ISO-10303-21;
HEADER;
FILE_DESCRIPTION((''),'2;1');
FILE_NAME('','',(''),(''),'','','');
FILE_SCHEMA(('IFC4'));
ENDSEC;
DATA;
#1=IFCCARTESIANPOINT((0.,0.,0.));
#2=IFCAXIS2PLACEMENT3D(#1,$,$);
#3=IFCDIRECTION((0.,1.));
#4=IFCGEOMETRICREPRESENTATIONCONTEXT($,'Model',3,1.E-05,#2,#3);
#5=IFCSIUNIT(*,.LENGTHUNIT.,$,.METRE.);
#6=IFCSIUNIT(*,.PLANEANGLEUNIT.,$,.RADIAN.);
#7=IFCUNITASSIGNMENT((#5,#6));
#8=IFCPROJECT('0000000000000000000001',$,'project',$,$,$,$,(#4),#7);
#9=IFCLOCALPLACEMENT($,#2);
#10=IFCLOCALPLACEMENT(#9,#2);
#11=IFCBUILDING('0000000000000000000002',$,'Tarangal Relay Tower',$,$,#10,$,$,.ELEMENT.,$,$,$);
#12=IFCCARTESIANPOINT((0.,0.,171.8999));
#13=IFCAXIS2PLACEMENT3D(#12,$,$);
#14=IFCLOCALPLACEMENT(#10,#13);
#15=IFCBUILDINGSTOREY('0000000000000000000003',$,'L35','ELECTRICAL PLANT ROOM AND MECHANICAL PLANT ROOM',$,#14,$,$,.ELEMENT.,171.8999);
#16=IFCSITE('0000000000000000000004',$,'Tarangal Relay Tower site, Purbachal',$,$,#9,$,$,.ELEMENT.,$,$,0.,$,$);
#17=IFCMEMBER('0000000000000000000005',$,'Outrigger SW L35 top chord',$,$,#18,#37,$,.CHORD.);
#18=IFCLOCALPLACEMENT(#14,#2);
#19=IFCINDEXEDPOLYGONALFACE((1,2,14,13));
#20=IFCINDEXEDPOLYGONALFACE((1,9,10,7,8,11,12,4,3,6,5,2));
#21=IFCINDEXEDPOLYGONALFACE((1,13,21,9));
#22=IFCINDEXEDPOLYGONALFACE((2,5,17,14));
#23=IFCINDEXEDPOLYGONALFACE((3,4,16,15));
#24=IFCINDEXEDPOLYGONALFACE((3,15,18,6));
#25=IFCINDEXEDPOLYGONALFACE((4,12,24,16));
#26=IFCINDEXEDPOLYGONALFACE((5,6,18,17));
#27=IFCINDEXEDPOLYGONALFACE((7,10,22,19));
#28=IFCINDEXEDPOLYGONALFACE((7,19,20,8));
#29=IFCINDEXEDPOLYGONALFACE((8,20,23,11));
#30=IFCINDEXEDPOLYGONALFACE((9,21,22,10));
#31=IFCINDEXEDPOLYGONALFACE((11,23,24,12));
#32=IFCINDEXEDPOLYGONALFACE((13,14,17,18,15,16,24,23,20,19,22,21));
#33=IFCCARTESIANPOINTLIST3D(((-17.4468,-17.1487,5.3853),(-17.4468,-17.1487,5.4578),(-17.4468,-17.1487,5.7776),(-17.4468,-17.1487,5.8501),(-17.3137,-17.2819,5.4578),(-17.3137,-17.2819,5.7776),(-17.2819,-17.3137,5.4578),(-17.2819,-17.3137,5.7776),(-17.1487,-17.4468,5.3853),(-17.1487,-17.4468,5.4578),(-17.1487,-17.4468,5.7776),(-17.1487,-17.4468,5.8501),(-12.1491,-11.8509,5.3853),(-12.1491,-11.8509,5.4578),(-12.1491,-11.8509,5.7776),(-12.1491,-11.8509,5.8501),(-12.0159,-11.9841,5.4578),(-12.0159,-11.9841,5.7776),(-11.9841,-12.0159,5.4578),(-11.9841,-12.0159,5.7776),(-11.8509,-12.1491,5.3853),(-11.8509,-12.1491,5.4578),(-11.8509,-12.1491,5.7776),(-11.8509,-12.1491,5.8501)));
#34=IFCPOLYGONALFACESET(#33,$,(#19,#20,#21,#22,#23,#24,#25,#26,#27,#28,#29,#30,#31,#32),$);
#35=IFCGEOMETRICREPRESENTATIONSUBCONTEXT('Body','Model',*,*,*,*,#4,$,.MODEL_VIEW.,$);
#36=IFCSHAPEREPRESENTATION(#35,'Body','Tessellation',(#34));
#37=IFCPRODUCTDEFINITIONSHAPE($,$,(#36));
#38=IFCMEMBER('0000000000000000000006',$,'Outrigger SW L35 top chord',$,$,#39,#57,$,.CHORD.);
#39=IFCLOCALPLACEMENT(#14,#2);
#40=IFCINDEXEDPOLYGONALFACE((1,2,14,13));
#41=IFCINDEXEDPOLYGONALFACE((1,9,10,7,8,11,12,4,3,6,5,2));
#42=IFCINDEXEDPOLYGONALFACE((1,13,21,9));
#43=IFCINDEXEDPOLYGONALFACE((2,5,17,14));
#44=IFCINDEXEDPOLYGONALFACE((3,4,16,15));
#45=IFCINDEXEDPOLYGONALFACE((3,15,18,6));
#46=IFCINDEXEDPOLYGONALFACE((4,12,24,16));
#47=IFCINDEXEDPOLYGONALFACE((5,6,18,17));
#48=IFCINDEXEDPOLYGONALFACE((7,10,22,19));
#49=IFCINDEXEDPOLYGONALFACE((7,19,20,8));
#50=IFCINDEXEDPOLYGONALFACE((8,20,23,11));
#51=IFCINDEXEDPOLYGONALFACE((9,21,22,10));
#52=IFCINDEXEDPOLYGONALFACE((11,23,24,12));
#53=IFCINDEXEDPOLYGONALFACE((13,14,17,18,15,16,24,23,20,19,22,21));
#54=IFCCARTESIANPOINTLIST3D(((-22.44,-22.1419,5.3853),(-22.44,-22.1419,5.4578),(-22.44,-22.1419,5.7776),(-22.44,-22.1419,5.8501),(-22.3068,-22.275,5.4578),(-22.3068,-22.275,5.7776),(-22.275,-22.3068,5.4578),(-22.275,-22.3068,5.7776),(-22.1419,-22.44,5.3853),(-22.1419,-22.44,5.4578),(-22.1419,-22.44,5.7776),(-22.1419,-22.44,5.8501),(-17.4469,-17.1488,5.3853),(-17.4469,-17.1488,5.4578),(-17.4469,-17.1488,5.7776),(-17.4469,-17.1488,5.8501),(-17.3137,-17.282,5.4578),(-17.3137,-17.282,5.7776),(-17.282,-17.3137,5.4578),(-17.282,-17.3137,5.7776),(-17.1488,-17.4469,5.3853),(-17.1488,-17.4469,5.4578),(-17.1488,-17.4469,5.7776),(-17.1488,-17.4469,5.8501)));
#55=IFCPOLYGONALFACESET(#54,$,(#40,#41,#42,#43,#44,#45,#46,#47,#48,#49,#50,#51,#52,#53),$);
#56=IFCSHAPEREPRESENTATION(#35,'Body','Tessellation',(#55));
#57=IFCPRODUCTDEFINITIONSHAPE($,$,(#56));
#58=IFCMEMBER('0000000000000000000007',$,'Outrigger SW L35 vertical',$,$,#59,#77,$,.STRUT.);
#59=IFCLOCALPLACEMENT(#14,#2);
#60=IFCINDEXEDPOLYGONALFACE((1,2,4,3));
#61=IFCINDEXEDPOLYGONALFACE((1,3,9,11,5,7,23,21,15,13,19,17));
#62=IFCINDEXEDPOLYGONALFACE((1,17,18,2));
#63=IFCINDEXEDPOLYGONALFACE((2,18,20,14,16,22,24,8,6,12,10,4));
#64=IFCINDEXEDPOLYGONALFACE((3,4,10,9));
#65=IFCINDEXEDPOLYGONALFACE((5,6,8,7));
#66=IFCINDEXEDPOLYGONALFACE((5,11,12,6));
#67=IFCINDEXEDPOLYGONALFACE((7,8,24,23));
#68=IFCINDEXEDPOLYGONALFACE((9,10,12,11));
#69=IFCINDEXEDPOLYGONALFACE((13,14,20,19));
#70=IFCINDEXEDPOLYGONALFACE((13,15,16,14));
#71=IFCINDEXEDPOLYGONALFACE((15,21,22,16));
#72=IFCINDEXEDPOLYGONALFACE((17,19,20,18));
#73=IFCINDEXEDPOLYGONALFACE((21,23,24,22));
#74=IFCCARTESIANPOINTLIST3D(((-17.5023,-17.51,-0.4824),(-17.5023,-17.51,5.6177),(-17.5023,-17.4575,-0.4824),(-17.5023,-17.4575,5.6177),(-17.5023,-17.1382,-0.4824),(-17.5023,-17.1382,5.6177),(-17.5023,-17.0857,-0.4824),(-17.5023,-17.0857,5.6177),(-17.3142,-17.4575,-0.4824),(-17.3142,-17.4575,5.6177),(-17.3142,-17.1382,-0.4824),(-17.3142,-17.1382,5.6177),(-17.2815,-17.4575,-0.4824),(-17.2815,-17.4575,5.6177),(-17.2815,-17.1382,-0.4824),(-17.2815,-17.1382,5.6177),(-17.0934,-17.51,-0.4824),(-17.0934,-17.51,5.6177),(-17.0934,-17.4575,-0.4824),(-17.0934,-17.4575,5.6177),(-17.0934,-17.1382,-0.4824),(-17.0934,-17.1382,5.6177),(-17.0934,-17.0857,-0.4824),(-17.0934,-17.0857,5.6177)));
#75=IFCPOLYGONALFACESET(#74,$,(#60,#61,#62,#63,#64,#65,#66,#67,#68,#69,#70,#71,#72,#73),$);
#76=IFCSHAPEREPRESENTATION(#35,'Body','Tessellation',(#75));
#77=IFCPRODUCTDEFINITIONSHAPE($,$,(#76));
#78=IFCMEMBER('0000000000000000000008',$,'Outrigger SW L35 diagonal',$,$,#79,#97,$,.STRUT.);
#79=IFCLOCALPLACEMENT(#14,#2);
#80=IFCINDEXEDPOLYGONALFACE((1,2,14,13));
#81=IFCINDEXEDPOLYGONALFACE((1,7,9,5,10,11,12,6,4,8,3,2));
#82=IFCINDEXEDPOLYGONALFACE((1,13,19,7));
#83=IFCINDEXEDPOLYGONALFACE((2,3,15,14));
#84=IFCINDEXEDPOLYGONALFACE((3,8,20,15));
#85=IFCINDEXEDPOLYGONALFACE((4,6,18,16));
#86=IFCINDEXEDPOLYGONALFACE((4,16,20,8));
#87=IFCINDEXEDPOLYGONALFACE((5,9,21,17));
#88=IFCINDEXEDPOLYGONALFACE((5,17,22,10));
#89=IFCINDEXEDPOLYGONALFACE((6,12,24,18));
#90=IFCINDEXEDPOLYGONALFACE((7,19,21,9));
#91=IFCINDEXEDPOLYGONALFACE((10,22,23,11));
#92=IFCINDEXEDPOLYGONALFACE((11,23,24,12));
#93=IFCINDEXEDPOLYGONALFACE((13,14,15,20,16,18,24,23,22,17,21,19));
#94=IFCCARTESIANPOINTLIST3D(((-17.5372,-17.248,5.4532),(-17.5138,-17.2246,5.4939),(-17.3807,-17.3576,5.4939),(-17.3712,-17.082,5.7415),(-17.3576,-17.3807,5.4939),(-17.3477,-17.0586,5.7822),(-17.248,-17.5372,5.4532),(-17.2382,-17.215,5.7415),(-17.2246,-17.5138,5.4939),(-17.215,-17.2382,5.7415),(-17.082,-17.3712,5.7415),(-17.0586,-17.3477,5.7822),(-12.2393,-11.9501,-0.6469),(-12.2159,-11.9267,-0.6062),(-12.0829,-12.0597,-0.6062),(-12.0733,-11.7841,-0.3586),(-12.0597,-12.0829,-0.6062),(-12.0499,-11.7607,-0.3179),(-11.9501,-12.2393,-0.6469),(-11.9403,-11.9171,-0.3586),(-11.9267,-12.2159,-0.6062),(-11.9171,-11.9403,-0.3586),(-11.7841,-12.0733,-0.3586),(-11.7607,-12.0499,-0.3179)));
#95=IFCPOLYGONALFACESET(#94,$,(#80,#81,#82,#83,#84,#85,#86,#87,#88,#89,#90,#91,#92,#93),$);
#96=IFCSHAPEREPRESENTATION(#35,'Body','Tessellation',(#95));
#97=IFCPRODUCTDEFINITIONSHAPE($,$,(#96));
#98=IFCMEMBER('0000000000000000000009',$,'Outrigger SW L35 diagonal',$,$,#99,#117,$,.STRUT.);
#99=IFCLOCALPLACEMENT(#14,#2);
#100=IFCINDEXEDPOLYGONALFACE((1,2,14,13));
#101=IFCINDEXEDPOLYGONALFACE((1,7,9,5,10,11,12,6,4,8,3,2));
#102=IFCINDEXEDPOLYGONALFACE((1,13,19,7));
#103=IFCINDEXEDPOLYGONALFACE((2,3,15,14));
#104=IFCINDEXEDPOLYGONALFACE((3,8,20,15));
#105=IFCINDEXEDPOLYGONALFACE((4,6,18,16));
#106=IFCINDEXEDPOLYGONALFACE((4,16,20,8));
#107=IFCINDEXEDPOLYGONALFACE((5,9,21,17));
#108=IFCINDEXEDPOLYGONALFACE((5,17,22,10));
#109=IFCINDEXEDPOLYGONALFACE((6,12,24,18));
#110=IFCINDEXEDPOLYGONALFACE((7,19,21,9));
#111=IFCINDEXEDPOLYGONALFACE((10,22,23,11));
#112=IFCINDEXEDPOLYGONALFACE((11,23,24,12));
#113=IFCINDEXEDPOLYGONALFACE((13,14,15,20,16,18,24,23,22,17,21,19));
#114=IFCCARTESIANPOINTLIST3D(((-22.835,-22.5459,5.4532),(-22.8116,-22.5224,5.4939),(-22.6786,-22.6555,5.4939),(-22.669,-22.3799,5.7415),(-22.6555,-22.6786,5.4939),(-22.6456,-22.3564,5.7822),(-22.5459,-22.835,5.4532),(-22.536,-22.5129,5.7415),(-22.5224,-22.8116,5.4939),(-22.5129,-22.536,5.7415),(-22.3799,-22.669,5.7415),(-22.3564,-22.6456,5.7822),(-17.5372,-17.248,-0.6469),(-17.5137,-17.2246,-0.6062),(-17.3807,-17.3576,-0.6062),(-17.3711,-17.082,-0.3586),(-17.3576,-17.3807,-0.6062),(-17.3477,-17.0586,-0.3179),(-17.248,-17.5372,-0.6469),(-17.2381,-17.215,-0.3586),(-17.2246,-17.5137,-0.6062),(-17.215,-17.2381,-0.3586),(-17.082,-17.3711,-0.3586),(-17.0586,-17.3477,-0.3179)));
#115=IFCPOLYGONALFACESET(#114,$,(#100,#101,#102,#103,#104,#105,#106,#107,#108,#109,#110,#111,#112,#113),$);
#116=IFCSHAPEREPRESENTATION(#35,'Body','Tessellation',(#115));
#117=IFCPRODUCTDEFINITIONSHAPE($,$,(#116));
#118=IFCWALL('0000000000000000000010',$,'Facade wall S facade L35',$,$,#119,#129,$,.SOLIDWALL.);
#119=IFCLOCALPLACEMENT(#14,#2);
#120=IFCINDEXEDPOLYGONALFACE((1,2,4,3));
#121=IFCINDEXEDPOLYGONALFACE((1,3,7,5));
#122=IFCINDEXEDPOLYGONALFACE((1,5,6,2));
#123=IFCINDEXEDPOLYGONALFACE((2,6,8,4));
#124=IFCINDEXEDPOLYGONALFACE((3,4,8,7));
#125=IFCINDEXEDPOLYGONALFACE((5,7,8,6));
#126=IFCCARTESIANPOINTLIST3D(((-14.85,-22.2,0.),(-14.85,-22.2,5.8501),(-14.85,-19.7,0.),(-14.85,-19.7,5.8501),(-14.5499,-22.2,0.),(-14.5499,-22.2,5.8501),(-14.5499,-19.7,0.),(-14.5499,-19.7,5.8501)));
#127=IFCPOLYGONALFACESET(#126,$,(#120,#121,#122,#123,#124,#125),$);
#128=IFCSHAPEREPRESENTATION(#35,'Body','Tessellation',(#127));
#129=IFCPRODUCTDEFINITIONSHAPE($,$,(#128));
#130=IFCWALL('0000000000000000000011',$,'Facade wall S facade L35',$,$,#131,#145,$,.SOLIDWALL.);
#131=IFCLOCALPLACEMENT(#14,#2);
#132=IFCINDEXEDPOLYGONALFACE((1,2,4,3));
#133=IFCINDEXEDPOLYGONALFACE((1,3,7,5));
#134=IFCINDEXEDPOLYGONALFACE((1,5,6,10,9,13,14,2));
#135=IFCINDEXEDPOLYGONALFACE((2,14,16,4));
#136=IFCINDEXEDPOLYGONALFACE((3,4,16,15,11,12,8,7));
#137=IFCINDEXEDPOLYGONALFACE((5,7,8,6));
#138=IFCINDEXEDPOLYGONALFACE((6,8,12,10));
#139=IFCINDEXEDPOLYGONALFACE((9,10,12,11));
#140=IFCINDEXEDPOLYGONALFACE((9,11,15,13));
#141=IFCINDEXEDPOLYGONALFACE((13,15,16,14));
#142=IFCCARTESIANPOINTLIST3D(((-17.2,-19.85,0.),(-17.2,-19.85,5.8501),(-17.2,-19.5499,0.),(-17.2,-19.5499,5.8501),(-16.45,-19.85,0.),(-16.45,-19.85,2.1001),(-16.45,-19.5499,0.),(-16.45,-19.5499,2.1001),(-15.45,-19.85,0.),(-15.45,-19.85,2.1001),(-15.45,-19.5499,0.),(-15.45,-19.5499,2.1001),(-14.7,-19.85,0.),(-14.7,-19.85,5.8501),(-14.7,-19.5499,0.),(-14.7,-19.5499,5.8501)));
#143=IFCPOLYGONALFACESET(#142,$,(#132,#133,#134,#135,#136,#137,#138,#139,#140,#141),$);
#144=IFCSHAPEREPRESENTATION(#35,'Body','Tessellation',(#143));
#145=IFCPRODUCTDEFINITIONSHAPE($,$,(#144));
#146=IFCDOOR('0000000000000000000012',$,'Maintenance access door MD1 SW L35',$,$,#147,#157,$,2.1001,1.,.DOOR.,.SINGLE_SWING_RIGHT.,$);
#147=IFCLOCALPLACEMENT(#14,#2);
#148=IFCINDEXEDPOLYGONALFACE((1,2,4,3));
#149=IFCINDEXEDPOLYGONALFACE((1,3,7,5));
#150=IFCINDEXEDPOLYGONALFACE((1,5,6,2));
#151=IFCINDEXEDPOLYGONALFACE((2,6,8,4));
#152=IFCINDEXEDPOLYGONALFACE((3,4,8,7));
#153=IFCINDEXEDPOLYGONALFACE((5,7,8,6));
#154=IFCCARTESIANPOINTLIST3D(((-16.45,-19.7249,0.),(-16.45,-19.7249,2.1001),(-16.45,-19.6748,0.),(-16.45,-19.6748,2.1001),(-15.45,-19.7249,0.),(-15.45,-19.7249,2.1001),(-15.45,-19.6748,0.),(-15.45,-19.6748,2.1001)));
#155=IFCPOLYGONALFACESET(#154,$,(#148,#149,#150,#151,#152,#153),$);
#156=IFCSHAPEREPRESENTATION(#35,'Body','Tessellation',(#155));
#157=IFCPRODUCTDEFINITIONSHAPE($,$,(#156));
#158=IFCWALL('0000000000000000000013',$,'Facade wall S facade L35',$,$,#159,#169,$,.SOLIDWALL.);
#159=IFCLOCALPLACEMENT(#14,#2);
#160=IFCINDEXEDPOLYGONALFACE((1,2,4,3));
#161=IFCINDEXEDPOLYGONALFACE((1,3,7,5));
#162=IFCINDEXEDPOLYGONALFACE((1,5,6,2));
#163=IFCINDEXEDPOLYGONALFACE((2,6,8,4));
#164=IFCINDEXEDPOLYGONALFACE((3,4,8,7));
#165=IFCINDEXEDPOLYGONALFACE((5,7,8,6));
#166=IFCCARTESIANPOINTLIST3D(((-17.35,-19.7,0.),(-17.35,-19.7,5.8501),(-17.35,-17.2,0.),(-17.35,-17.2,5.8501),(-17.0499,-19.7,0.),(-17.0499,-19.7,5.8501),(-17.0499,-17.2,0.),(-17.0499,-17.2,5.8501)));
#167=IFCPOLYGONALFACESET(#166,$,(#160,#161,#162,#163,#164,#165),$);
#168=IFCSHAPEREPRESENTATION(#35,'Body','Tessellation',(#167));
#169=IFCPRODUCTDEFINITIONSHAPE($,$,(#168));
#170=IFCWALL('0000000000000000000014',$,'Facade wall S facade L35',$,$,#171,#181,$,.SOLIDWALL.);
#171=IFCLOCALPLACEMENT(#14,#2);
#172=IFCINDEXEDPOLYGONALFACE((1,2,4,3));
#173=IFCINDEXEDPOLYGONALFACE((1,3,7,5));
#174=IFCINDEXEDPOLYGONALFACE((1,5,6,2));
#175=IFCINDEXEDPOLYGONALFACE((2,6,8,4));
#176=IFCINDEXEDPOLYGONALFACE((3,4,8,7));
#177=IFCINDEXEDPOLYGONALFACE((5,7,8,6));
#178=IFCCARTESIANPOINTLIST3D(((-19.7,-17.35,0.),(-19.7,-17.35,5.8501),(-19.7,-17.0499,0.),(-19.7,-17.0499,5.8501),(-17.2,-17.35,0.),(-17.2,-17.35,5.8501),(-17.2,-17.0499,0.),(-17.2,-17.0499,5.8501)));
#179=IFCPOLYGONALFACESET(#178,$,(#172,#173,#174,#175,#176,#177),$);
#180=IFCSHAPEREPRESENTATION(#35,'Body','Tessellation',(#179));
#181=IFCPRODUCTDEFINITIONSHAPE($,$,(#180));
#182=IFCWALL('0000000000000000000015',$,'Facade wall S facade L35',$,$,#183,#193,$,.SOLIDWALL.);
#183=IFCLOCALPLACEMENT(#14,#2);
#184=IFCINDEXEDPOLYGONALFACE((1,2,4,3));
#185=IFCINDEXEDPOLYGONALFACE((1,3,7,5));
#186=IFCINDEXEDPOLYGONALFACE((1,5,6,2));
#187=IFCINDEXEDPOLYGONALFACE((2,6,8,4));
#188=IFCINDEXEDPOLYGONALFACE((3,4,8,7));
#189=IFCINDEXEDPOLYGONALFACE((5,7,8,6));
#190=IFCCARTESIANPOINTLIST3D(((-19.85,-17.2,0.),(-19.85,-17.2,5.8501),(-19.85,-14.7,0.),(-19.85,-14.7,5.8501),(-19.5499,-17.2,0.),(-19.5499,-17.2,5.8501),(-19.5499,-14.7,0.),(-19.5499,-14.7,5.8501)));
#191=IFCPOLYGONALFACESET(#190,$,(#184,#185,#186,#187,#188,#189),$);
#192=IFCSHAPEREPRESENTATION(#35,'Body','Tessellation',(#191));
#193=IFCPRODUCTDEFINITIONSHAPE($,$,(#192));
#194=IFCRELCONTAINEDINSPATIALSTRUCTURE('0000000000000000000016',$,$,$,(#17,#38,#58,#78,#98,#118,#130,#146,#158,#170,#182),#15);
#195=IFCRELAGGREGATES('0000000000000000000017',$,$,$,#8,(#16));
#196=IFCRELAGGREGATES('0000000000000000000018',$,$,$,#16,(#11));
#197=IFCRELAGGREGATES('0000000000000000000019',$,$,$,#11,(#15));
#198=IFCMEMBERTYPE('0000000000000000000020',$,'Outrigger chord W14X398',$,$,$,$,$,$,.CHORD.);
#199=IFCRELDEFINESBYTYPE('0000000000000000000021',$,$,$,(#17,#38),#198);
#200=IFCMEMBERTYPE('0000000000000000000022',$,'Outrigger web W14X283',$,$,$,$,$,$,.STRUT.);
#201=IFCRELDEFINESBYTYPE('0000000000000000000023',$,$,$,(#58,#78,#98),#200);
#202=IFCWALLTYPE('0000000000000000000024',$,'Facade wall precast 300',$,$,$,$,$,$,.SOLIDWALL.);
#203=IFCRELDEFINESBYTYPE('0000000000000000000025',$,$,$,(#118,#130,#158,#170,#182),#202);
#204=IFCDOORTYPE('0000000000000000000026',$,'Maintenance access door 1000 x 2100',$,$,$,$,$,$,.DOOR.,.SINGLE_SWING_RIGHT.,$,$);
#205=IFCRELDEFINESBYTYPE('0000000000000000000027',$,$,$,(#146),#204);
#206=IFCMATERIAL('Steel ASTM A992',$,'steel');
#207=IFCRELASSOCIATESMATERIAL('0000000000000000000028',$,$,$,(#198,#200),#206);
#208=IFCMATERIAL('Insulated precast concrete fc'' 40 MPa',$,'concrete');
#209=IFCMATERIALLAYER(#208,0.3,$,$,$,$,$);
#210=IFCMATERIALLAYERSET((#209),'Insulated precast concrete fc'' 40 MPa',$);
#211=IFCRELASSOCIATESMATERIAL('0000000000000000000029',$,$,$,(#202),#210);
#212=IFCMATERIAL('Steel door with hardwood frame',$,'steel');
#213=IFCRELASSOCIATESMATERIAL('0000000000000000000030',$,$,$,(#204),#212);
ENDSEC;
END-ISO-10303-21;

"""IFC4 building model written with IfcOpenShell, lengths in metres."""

from ifc_helpers import new_model, si_unit, direction, frame, frame_2d, origin, origin_2d, place, context, subcontext, project, spatial, rectangle, i_section, extrude, clip, halfspace, material, layer, layer_set, material_profile, profile_set, type_object, element, fill, save


model = new_model("IFC4")

# Units and contexts
model_context = context("Model", 3, precision=1e-05, world=origin(), true_north=direction((0.0, 1.0)))
body_context = subcontext(model_context, "Body", "Model", "MODEL_VIEW")
ifc_project = project(units=[si_unit("LENGTHUNIT", "METRE"), si_unit("PLANEANGLEUNIT", "RADIAN")], contexts=[model_context])

# Site, building, storey
site_placement = place(None, origin())
site = spatial("IfcSite", under=ifc_project, at=site_placement, Name="Tarangal Relay Tower site, Purbachal", CompositionType="ELEMENT", RefElevation=0.0)
building_placement = place(site_placement, origin())
building = spatial("IfcBuilding", under=site, at=building_placement, Name="Tarangal Relay Tower", CompositionType="ELEMENT")
storey_placement = place(building_placement, frame((0.0, 0.0, 171.8999)))
storey = spatial("IfcBuildingStorey", under=building, at=storey_placement, Name="L35", Description="ELECTRICAL PLANT ROOM AND MECHANICAL PLANT ROOM", CompositionType="ELEMENT", Elevation=171.8999)

# Shared definitions
ifc_material_1 = material(Name="Steel ASTM A992", Category="steel")

# Members
ifc_material_profile_1 = material_profile(ifc_material_1, i_section(OverallWidth=0.4216, OverallDepth=0.4648, WebThickness=0.0449, FlangeThickness=0.0725, at=origin_2d()), Name="W14X398")
ifc_profile_set_1 = profile_set([ifc_material_profile_1], Name="Steel ASTM A992")
member_type_1 = type_object("IfcMemberType", Name="Outrigger chord W14X398", PredefinedType="CHORD", material=ifc_profile_set_1)
member_1_placement = place(storey_placement, frame((-12.0, -12.0, 5.6177), z_axis=(-0.707107, -0.707107, 0.0), x_axis=(0.707107, -0.707107, 0.0)))
element("IfcMember", 1, at=member_1_placement, inside=storey, type_object=member_type_1, Name="Outrigger SW L35 top chord", PredefinedType="CHORD", context=body_context, shape_type="SweptSolid", body=[
    extrude(i_section(OverallWidth=0.4216, OverallDepth=0.4648, WebThickness=0.0449, FlangeThickness=0.0725, at=origin_2d()), origin(), (0.0, 0.0, 1.0), 7.4922),
])
member_2_placement = place(storey_placement, frame((-17.2979, -17.2979, 5.6177), z_axis=(-0.707107, -0.707107, 0.0), x_axis=(0.707107, -0.707107, 0.0)))
element("IfcMember", 2, at=member_2_placement, inside=storey, type_object=member_type_1, Name="Outrigger SW L35 top chord", PredefinedType="CHORD", context=body_context, shape_type="Clipping", body=[
    clip(extrude(i_section(OverallWidth=0.4216, OverallDepth=0.4648, WebThickness=0.0449, FlangeThickness=0.0725, at=origin_2d()), origin(), (0.0, 0.0, 1.0), 7.4922), halfspace(frame((0.0, 0.0, 7.0613)), False)),
])
ifc_material_profile_2 = material_profile(ifc_material_1, i_section(OverallWidth=0.4089, OverallDepth=0.4243, WebThickness=0.0327, FlangeThickness=0.0525, at=origin_2d()), Name="W14X283")
ifc_profile_set_2 = profile_set([ifc_material_profile_2], Name="Steel ASTM A992")
member_type_2 = type_object("IfcMemberType", Name="Outrigger web W14X283", PredefinedType="STRUT", material=ifc_profile_set_2)
member_3_placement = place(storey_placement, frame((-17.2979, -17.2979, -0.4824), z_axis=(0.0, 0.0, 1.0), x_axis=(1.0, 0.0, 0.0)))
element("IfcMember", 3, at=member_3_placement, inside=storey, type_object=member_type_2, Name="Outrigger SW L35 vertical", PredefinedType="STRUT", context=body_context, shape_type="SweptSolid", body=[
    extrude(i_section(OverallWidth=0.4089, OverallDepth=0.4243, WebThickness=0.0327, FlangeThickness=0.0525, at=origin_2d()), origin(), (0.0, 0.0, 1.0), 6.1001),
])
for number, where, z_axis, x_axis, name in (
    (4, (-12.0, -12.0, -0.4824), (-0.548344, -0.548344, 0.631378), (0.707107, -0.707107, 0.0), "Outrigger SW L35 diagonal"),
    (5, (-17.2979, -17.2979, -0.4824), (-0.548344, -0.548344, 0.631378), (0.707107, -0.707107, 0.0), "Outrigger SW L35 diagonal"),
):
    element("IfcMember", number, at=place(storey_placement, frame(where, z_axis=z_axis, x_axis=x_axis)), inside=storey, type_object=member_type_2, Name=name, PredefinedType="STRUT", context=body_context, shape_type="SweptSolid", body=[
        extrude(i_section(OverallWidth=0.4089, OverallDepth=0.4243, WebThickness=0.0327, FlangeThickness=0.0525, at=origin_2d()), origin(), (0.0, 0.0, 1.0), 9.6616),
    ])

# Wall
ifc_material_2 = material(Name="Insulated precast concrete fc' 40 MPa", Category="concrete")
ifc_layer_1 = layer(ifc_material_2, 0.3)
ifc_layer_set_1 = layer_set([ifc_layer_1], Name="Insulated precast concrete fc' 40 MPa")
wall_type_1 = type_object("IfcWallType", Name="Facade wall precast 300", PredefinedType="SOLIDWALL", material=ifc_layer_set_1)
wall_1_placement = place(storey_placement, frame((-14.7, -22.2, 0.0), z_axis=(0.0, 0.0, 1.0), x_axis=(0.0, 1.0, 0.0)))
element("IfcWall", 6, at=wall_1_placement, inside=storey, type_object=wall_type_1, Name="Facade wall S facade L35", PredefinedType="SOLIDWALL", context=body_context, shape_type="SweptSolid", body=[
    extrude(rectangle(XDim=2.5, YDim=0.3, at=frame_2d((1.25, 0.0))), origin(), (0.0, 0.0, 1.0), 5.8501),
])

# Wall, opening, door
wall_2_placement = place(storey_placement, frame((-14.7, -19.7, 0.0), z_axis=(0.0, 0.0, 1.0), x_axis=(-1.0, 0.0, 0.0)))
wall_2 = element("IfcWall", 7, at=wall_2_placement, inside=storey, type_object=wall_type_1, Name="Facade wall S facade L35", PredefinedType="SOLIDWALL", context=body_context, shape_type="SweptSolid", body=[
    extrude(rectangle(XDim=2.5, YDim=0.3, at=frame_2d((1.25, 0.0))), origin(), (0.0, 0.0, 1.0), 5.8501),
])
opening_1_placement = place(wall_2_placement, frame((0.75, 0.0, 0.0)))
opening_1 = element("IfcOpeningElement", 8, at=opening_1_placement, cuts=wall_2, PredefinedType="OPENING", context=body_context, shape_type="SweptSolid", body=[
    extrude(rectangle(XDim=1.0, YDim=2.1001, at=frame_2d((0.5, 1.05))), frame((0.0, 0.1599, 0.0), z_axis=(0.0, -1.0, 0.0), x_axis=(1.0, 0.0, 0.0)), (0.0, 0.0, 1.0), 0.3201),
])
ifc_material_3 = material(Name="Steel door with hardwood frame", Category="steel")
door_type = type_object("IfcDoorType", Name="Maintenance access door 1000 x 2100", OperationType="SINGLE_SWING_RIGHT", PredefinedType="DOOR", material=ifc_material_3)
door_placement = place(opening_1_placement, origin())
door = element("IfcDoor", 9, at=door_placement, inside=storey, type_object=door_type, Name="Maintenance access door MD1 SW L35", OperationType="SINGLE_SWING_RIGHT", OverallHeight=2.1001, OverallWidth=1.0, PredefinedType="DOOR", context=body_context, shape_type="SweptSolid", body=[
    extrude(rectangle(XDim=1.0, YDim=2.1001, at=frame_2d((0.5, 1.05))), frame((0.0, 0.0249, 0.0), z_axis=(0.0, -1.0, 0.0), x_axis=(1.0, 0.0, 0.0)), (0.0, 0.0, 1.0), 0.05),
])
fill(opening_1, door)

# Walls
for number, where, z_axis, x_axis, name in (
    (10, (-17.2, -19.7, 0.0), (0.0, 0.0, 1.0), (0.0, 1.0, 0.0), "Facade wall S facade L35"),
    (11, (-17.2, -17.2, 0.0), (0.0, 0.0, 1.0), (-1.0, 0.0, 0.0), "Facade wall S facade L35"),
    (12, (-19.7, -17.2, 0.0), (0.0, 0.0, 1.0), (0.0, 1.0, 0.0), "Facade wall S facade L35"),
):
    element("IfcWall", number, at=place(storey_placement, frame(where, z_axis=z_axis, x_axis=x_axis)), inside=storey, type_object=wall_type_1, Name=name, PredefinedType="SOLIDWALL", context=body_context, shape_type="SweptSolid", body=[
        extrude(rectangle(XDim=2.5, YDim=0.3, at=frame_2d((1.25, 0.0))), origin(), (0.0, 0.0, 1.0), 5.8501),
    ])

save(model, "model.ifc")
